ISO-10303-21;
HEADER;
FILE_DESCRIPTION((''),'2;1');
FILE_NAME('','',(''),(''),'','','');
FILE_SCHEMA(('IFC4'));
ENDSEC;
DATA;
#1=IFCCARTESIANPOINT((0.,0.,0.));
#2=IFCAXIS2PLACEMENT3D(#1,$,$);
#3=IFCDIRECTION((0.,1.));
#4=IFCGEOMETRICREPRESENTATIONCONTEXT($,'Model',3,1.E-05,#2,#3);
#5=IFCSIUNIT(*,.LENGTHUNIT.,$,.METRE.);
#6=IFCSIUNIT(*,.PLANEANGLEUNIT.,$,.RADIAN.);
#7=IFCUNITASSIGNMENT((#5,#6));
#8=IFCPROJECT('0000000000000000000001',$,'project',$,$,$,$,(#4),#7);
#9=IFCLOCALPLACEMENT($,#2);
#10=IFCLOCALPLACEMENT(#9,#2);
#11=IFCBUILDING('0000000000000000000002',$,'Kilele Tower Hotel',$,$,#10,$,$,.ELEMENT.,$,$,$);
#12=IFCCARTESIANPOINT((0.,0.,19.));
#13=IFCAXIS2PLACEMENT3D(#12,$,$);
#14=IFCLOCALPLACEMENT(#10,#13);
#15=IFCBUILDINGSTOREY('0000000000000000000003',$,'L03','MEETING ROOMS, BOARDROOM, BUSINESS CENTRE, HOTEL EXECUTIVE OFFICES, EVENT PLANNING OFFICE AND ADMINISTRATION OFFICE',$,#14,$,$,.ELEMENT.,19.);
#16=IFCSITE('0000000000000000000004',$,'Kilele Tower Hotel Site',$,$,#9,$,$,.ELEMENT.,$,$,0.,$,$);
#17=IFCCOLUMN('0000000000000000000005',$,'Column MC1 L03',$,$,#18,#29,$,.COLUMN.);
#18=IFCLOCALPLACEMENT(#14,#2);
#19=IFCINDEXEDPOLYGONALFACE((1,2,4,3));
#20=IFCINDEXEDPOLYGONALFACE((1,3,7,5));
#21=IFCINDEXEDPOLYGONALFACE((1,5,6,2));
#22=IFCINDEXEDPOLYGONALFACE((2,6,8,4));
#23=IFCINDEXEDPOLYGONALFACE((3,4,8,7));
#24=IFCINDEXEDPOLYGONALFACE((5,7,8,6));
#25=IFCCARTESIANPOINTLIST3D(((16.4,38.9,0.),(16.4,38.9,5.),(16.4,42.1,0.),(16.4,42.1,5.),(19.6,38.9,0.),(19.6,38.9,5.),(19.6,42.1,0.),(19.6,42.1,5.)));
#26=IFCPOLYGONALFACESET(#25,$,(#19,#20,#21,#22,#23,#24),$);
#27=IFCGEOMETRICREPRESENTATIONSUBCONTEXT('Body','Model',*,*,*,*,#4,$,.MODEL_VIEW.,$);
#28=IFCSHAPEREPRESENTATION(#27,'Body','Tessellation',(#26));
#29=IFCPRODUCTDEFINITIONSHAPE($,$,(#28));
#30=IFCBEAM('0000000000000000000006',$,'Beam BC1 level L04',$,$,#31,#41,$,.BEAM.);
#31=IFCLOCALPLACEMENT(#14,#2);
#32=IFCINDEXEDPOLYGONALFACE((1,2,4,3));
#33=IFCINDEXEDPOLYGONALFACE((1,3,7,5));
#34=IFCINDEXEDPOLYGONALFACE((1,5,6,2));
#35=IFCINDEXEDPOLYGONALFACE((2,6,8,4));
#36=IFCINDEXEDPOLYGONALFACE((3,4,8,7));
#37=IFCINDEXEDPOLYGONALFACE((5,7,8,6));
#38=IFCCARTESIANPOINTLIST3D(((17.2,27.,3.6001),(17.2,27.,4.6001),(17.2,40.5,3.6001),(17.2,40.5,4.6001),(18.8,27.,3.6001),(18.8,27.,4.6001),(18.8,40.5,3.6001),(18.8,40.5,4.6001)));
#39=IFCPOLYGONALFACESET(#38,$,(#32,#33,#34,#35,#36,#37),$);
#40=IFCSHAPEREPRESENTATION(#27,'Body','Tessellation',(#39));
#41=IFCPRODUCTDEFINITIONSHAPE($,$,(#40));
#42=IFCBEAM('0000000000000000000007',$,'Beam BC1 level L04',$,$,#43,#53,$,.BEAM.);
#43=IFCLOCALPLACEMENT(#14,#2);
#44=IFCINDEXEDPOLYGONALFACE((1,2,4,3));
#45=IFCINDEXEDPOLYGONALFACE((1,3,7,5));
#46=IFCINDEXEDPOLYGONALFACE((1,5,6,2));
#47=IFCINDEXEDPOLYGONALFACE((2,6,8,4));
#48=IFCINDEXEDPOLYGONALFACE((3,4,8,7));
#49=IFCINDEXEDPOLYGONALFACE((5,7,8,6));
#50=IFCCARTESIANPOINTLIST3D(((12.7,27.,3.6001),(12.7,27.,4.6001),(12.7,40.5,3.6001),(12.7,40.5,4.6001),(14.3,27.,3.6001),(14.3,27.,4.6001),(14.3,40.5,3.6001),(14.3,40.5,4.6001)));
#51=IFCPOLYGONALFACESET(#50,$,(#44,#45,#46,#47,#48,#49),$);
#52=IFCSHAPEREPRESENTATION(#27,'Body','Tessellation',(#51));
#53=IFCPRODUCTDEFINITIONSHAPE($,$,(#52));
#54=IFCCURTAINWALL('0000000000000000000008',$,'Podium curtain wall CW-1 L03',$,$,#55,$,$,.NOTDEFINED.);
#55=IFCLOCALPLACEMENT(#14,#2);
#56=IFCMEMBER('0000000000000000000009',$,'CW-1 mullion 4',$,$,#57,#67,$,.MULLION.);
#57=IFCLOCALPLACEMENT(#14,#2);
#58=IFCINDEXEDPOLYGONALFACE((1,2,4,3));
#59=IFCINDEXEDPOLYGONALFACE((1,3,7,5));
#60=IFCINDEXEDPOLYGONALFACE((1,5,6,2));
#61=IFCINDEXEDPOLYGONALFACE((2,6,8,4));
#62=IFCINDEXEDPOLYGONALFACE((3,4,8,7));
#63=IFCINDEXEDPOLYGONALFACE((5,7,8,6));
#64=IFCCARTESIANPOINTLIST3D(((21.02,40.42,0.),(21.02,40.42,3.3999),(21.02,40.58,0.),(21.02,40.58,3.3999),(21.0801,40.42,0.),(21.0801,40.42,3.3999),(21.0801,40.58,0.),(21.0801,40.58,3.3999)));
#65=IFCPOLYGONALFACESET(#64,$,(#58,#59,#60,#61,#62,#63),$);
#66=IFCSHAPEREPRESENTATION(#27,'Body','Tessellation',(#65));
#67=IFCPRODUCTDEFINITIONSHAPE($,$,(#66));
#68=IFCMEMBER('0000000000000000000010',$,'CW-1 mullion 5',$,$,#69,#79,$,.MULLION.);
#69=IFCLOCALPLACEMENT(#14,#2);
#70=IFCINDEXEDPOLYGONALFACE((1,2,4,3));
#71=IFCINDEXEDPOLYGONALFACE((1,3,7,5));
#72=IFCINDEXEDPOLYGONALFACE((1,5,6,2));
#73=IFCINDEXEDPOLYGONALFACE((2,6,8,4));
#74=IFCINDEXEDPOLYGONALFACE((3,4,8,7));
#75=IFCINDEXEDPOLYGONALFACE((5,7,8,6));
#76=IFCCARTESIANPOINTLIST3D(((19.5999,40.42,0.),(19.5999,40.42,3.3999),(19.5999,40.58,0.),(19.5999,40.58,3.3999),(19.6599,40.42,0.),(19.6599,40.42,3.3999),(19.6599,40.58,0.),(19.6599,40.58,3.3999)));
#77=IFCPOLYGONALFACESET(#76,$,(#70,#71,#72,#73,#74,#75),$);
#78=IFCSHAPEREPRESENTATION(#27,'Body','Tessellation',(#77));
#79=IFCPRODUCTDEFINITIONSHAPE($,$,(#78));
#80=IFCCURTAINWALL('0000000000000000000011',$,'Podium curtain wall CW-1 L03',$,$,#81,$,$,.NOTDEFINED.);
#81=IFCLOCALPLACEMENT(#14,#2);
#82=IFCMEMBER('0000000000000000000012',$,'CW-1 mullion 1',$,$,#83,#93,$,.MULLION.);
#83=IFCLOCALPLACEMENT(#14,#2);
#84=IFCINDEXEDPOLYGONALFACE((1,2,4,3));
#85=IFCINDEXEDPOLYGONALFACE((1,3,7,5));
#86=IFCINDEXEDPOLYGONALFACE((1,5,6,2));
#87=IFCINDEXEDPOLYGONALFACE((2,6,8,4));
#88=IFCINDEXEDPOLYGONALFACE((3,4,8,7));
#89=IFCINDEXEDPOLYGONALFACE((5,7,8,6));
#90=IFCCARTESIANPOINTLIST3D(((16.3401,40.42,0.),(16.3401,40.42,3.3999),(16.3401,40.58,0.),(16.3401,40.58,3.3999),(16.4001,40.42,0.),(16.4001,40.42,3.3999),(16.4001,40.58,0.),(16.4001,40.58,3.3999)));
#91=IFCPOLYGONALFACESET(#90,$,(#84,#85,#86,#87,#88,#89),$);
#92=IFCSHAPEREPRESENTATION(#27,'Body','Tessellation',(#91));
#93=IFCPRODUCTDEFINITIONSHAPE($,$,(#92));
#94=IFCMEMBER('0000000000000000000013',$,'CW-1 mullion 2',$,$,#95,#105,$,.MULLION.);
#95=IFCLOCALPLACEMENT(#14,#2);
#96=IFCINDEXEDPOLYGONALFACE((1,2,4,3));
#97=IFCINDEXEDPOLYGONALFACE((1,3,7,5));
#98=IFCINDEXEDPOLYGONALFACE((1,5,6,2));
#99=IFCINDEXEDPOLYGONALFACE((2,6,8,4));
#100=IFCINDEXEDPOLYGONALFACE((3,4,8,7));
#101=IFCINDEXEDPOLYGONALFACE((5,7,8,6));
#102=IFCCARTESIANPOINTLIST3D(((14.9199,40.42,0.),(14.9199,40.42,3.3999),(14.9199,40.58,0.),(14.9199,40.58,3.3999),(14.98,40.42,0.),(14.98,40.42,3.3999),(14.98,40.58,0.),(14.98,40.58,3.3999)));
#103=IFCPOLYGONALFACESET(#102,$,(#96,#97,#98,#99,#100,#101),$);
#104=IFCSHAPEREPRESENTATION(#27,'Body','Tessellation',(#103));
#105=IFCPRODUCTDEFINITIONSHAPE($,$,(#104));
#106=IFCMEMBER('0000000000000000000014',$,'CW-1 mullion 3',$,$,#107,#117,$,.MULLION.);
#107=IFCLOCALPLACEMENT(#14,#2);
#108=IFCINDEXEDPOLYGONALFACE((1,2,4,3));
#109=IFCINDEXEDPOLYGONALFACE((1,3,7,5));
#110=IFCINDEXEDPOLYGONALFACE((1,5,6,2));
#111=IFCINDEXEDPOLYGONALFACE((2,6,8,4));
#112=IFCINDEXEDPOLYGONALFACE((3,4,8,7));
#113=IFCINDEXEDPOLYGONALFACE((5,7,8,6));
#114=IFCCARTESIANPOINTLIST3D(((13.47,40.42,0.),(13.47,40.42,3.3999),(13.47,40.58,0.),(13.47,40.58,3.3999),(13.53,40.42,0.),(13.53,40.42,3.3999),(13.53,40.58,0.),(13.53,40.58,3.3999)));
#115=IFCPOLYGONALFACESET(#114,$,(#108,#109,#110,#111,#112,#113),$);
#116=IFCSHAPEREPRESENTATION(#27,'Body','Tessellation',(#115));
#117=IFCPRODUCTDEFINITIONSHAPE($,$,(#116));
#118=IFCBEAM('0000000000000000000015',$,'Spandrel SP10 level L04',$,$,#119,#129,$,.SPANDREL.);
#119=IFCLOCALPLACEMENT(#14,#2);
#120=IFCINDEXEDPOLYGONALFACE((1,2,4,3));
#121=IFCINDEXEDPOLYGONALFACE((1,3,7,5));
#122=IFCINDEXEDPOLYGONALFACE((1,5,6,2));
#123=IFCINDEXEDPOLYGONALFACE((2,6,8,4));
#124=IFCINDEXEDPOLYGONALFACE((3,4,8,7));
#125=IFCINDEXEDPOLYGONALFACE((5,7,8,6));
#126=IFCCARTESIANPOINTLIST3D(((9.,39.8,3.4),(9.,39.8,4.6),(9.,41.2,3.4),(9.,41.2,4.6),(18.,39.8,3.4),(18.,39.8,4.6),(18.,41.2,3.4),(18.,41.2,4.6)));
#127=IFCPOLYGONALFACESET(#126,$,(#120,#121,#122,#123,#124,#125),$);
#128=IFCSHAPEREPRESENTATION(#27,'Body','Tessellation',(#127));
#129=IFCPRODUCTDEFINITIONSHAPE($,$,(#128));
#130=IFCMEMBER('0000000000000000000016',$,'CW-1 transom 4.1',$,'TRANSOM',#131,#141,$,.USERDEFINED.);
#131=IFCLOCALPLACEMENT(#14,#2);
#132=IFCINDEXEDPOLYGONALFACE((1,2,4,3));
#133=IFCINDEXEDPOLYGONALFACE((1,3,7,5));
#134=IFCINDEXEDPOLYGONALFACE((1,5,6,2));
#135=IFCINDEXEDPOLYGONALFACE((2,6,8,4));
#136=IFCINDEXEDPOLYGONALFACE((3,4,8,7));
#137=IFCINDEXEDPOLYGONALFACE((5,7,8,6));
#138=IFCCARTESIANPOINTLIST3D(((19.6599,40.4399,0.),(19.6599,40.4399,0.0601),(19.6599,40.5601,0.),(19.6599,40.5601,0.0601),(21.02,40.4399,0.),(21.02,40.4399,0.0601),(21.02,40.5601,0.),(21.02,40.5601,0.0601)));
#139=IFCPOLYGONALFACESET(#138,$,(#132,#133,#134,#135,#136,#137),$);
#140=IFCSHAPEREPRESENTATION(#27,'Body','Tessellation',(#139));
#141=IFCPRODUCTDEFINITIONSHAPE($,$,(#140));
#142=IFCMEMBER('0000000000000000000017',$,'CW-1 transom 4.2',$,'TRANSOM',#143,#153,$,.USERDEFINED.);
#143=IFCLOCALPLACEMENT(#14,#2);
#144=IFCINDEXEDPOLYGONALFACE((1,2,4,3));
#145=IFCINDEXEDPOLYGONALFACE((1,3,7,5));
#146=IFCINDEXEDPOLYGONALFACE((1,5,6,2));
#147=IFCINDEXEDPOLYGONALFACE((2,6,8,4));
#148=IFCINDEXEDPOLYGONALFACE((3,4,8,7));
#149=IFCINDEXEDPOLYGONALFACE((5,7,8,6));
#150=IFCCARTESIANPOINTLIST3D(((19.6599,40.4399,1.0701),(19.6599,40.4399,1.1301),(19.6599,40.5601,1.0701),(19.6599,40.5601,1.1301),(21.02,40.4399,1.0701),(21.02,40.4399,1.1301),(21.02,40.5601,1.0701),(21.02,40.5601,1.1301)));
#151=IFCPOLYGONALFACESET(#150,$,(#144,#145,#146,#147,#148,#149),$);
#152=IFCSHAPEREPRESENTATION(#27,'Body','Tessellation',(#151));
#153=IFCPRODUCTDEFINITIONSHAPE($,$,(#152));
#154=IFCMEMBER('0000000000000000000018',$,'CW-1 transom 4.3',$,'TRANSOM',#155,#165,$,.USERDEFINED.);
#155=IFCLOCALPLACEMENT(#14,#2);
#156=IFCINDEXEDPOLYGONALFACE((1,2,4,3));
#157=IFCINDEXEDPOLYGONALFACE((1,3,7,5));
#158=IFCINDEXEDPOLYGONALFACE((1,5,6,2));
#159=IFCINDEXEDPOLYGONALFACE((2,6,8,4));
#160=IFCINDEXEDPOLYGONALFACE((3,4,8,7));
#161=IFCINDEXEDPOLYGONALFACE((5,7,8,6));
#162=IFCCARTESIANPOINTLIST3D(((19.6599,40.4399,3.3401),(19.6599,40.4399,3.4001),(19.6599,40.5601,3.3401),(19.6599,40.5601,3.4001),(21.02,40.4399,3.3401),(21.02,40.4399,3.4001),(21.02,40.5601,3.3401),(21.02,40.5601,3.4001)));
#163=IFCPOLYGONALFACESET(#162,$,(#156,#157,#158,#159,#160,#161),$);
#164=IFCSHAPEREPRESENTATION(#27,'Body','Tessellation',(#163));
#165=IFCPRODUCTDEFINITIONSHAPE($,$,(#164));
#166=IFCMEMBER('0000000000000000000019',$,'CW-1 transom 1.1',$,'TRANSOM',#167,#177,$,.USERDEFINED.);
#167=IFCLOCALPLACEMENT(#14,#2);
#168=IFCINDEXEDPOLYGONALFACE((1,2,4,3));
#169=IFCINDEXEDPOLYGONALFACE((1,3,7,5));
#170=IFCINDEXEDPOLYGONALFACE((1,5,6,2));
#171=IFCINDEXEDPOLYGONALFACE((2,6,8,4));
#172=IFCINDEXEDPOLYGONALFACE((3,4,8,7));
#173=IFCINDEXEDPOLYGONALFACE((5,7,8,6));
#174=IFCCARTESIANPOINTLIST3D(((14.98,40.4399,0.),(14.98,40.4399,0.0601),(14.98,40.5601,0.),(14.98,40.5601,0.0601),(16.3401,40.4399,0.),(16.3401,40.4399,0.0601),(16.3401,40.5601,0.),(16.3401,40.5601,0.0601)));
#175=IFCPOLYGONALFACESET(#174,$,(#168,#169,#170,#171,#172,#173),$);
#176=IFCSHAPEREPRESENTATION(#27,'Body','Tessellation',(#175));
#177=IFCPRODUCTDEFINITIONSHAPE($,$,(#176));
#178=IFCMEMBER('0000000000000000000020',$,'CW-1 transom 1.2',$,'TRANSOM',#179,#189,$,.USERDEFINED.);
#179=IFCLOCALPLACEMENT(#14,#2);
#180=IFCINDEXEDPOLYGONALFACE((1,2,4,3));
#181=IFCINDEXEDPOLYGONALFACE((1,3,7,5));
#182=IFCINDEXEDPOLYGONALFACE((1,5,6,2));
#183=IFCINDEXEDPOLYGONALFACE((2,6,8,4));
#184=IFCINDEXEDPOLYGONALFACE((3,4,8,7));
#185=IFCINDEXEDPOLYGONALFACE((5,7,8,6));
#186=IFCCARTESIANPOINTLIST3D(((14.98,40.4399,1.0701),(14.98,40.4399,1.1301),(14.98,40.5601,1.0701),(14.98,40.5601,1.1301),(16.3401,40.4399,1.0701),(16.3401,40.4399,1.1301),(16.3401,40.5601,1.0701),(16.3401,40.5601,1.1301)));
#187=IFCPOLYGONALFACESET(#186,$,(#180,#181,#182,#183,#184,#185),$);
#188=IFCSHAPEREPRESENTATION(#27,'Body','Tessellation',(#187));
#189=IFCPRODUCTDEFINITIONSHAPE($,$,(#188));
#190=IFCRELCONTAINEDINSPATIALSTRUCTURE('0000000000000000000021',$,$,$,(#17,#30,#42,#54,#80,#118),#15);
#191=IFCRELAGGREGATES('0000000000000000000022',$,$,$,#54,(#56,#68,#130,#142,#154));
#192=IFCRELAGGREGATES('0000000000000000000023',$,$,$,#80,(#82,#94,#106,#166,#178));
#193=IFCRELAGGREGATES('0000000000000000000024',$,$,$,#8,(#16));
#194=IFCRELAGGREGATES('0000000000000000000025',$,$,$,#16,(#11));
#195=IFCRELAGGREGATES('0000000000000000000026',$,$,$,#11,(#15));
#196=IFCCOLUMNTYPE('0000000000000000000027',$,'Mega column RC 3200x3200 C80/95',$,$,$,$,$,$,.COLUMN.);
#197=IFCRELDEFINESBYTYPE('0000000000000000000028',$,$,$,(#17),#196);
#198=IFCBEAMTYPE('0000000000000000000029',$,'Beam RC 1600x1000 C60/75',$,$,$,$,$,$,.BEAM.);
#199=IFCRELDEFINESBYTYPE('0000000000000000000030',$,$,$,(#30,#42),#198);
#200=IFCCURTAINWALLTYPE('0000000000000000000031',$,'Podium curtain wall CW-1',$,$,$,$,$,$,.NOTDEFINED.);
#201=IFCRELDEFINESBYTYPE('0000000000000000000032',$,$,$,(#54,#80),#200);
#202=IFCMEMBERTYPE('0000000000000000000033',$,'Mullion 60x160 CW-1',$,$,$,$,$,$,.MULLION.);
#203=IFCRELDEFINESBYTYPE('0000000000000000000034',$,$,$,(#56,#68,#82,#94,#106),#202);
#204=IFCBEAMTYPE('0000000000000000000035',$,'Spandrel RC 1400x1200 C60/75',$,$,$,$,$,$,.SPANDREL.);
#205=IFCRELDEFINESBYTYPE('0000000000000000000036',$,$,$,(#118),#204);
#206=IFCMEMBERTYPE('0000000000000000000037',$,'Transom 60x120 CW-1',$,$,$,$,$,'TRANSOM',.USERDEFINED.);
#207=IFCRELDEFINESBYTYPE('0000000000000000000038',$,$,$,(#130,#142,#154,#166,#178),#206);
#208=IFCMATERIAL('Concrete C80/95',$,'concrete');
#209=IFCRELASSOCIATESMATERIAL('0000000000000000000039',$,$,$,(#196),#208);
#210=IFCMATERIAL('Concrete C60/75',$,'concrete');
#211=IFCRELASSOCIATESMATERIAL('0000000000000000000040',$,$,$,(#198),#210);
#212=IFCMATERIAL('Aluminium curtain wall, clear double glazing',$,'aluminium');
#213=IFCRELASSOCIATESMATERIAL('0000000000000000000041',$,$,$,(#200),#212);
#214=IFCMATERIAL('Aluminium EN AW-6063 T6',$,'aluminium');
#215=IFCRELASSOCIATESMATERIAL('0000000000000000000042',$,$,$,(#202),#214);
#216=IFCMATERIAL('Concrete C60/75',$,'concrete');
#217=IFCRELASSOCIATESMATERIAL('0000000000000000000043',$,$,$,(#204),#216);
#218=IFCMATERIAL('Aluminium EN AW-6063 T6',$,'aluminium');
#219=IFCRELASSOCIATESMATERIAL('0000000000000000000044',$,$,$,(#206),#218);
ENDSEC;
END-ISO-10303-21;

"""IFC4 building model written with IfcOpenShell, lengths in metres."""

from ifc_helpers import new_model, si_unit, direction, frame, origin, origin_2d, place, context, subcontext, project, spatial, rectangle, extrude, material, material_profile, profile_set, type_object, element, aggregate, save


model = new_model("IFC4")

# Units and contexts
model_context = context("Model", 3, precision=1e-05, world=origin(), true_north=direction((0.0, 1.0)))
body_context = subcontext(model_context, "Body", "Model", "MODEL_VIEW")
ifc_project = project(units=[si_unit("LENGTHUNIT", "METRE"), si_unit("PLANEANGLEUNIT", "RADIAN")], contexts=[model_context])

# Site, building, storey
site_placement = place(None, origin())
site = spatial("IfcSite", under=ifc_project, at=site_placement, Name="Kilele Tower Hotel Site", CompositionType="ELEMENT", RefElevation=0.0)
building_placement = place(site_placement, origin())
building = spatial("IfcBuilding", under=site, at=building_placement, Name="Kilele Tower Hotel", CompositionType="ELEMENT")
storey_placement = place(building_placement, frame((0.0, 0.0, 19.0)))
storey = spatial("IfcBuildingStorey", under=building, at=storey_placement, Name="L03", Description="MEETING ROOMS, BOARDROOM, BUSINESS CENTRE, HOTEL EXECUTIVE OFFICES, EVENT PLANNING OFFICE AND ADMINISTRATION OFFICE", CompositionType="ELEMENT", Elevation=19.0)

# Column
ifc_material_1 = material(Name="Concrete C80/95", Category="concrete")
ifc_material_profile_1 = material_profile(ifc_material_1, rectangle(XDim=3.2, YDim=3.2, at=origin_2d()))
ifc_profile_set_1 = profile_set([ifc_material_profile_1], Name="Concrete C80/95")
column_type = type_object("IfcColumnType", Name="Mega column RC 3200x3200 C80/95", PredefinedType="COLUMN", material=ifc_profile_set_1)
column_placement = place(storey_placement, frame((18.0, 40.5, 0.0), z_axis=(0.0, 0.0, 1.0), x_axis=(1.0, 0.0, 0.0)))
element("IfcColumn", 1, at=column_placement, inside=storey, type_object=column_type, Name="Column MC1 L03", PredefinedType="COLUMN", context=body_context, shape_type="SweptSolid", body=[
    extrude(rectangle(XDim=3.2, YDim=3.2, at=origin_2d()), origin(), (0.0, 0.0, 1.0), 5.0),
])

# Beams
ifc_material_2 = material(Name="Concrete C60/75", Category="concrete")
ifc_material_profile_2 = material_profile(ifc_material_2, rectangle(XDim=1.6001, YDim=1.0, at=origin_2d()))
ifc_profile_set_2 = profile_set([ifc_material_profile_2], Name="Concrete C60/75")
beam_type_1 = type_object("IfcBeamType", Name="Beam RC 1600x1000 C60/75", PredefinedType="BEAM", material=ifc_profile_set_2)
for number, where, z_axis, x_axis, name in (
    (2, (18.0, 40.5, 4.1001), (0.0, -1.0, 0.0), (1.0, 0.0, 0.0), "Beam BC1 level L04"),
    (3, (13.5, 40.5, 4.1001), (0.0, -1.0, 0.0), (1.0, 0.0, 0.0), "Beam BC1 level L04"),
):
    element("IfcBeam", number, at=place(storey_placement, frame(where, z_axis=z_axis, x_axis=x_axis)), inside=storey, type_object=beam_type_1, Name=name, PredefinedType="BEAM", context=body_context, shape_type="SweptSolid", body=[
        extrude(rectangle(XDim=1.6001, YDim=1.0, at=origin_2d()), origin(), (0.0, 0.0, 1.0), 13.5),
    ])

# Curtain walls, members
ifc_material_3 = material(Name="Aluminium curtain wall, clear double glazing", Category="aluminium")
curtain_wall_type = type_object("IfcCurtainWallType", Name="Podium curtain wall CW-1", PredefinedType="NOTDEFINED", material=ifc_material_3)
curtain_wall_1_placement = place(storey_placement, origin())
curtain_wall_1 = element("IfcCurtainWall", 4, at=curtain_wall_1_placement, inside=storey, type_object=curtain_wall_type, Name="Podium curtain wall CW-1 L03", PredefinedType="NOTDEFINED")
ifc_material_4 = material(Name="Aluminium EN AW-6063 T6", Category="aluminium")
ifc_material_profile_3 = material_profile(ifc_material_4, rectangle(XDim=0.1599, YDim=0.0601, at=origin_2d()))
ifc_profile_set_3 = profile_set([ifc_material_profile_3], Name="Aluminium EN AW-6063 T6")
member_type_1 = type_object("IfcMemberType", Name="Mullion 60x160 CW-1", PredefinedType="MULLION", material=ifc_profile_set_3)
member_1_placement = place(storey_placement, frame((21.05, 40.5, 0.0), z_axis=(0.0, 0.0, 1.0), x_axis=(0.0, -1.0, 0.0)))
member_1 = element("IfcMember", 5, at=member_1_placement, type_object=member_type_1, Name="CW-1 mullion 4", PredefinedType="MULLION", context=body_context, shape_type="SweptSolid", body=[
    extrude(rectangle(XDim=0.1599, YDim=0.0601, at=origin_2d()), origin(), (0.0, 0.0, 1.0), 3.3999),
])
member_2_placement = place(storey_placement, frame((19.6299, 40.5, 0.0), z_axis=(0.0, 0.0, 1.0), x_axis=(0.0, -1.0, 0.0)))
member_2 = element("IfcMember", 6, at=member_2_placement, type_object=member_type_1, Name="CW-1 mullion 5", PredefinedType="MULLION", context=body_context, shape_type="SweptSolid", body=[
    extrude(rectangle(XDim=0.1599, YDim=0.0601, at=origin_2d()), origin(), (0.0, 0.0, 1.0), 3.3999),
])
curtain_wall_2_placement = place(storey_placement, origin())
curtain_wall_2 = element("IfcCurtainWall", 7, at=curtain_wall_2_placement, inside=storey, type_object=curtain_wall_type, Name="Podium curtain wall CW-1 L03", PredefinedType="NOTDEFINED")
member_3_placement = place(storey_placement, frame((16.3701, 40.5, 0.0), z_axis=(0.0, 0.0, 1.0), x_axis=(0.0, -1.0, 0.0)))
member_3 = element("IfcMember", 8, at=member_3_placement, type_object=member_type_1, Name="CW-1 mullion 1", PredefinedType="MULLION", context=body_context, shape_type="SweptSolid", body=[
    extrude(rectangle(XDim=0.1599, YDim=0.0601, at=origin_2d()), origin(), (0.0, 0.0, 1.0), 3.3999),
])
member_4_placement = place(storey_placement, frame((14.95, 40.5, 0.0), z_axis=(0.0, 0.0, 1.0), x_axis=(0.0, -1.0, 0.0)))
member_4 = element("IfcMember", 9, at=member_4_placement, type_object=member_type_1, Name="CW-1 mullion 2", PredefinedType="MULLION", context=body_context, shape_type="SweptSolid", body=[
    extrude(rectangle(XDim=0.1599, YDim=0.0601, at=origin_2d()), origin(), (0.0, 0.0, 1.0), 3.3999),
])
member_5_placement = place(storey_placement, frame((13.5, 40.5, 0.0), z_axis=(0.0, 0.0, 1.0), x_axis=(0.0, -1.0, 0.0)))
member_5 = element("IfcMember", 10, at=member_5_placement, type_object=member_type_1, Name="CW-1 mullion 3", PredefinedType="MULLION", context=body_context, shape_type="SweptSolid", body=[
    extrude(rectangle(XDim=0.1599, YDim=0.0601, at=origin_2d()), origin(), (0.0, 0.0, 1.0), 3.3999),
])

# Beam
ifc_material_5 = material(Name="Concrete C60/75", Category="concrete")
ifc_material_profile_4 = material_profile(ifc_material_5, rectangle(XDim=1.3999, YDim=1.2, at=origin_2d()))
ifc_profile_set_4 = profile_set([ifc_material_profile_4], Name="Concrete C60/75")
beam_type_2 = type_object("IfcBeamType", Name="Spandrel RC 1400x1200 C60/75", PredefinedType="SPANDREL", material=ifc_profile_set_4)
beam_placement = place(storey_placement, frame((18.0, 40.5, 4.0), z_axis=(-1.0, 0.0, 0.0), x_axis=(0.0, -1.0, 0.0)))
element("IfcBeam", 11, at=beam_placement, inside=storey, type_object=beam_type_2, Name="Spandrel SP10 level L04", PredefinedType="SPANDREL", context=body_context, shape_type="SweptSolid", body=[
    extrude(rectangle(XDim=1.3999, YDim=1.2, at=origin_2d()), origin(), (0.0, 0.0, 1.0), 9.0),
])

# Members
ifc_material_6 = material(Name="Aluminium EN AW-6063 T6", Category="aluminium")
ifc_material_profile_5 = material_profile(ifc_material_6, rectangle(XDim=0.1201, YDim=0.0601, at=origin_2d()))
ifc_profile_set_5 = profile_set([ifc_material_profile_5], Name="Aluminium EN AW-6063 T6")
member_type_2 = type_object("IfcMemberType", Name="Transom 60x120 CW-1", ElementType="TRANSOM", PredefinedType="USERDEFINED", material=ifc_profile_set_5)
member_6_placement = place(storey_placement, frame((21.02, 40.5, 0.03), z_axis=(-1.0, 0.0, 0.0), x_axis=(0.0, -1.0, 0.0)))
member_6 = element("IfcMember", 12, at=member_6_placement, type_object=member_type_2, Name="CW-1 transom 4.1", ObjectType="TRANSOM", PredefinedType="USERDEFINED", context=body_context, shape_type="SweptSolid", body=[
    extrude(rectangle(XDim=0.1201, YDim=0.0601, at=origin_2d()), origin(), (0.0, 0.0, 1.0), 1.3601),
])
member_7_placement = place(storey_placement, frame((21.02, 40.5, 1.1001), z_axis=(-1.0, 0.0, 0.0), x_axis=(0.0, -1.0, 0.0)))
member_7 = element("IfcMember", 13, at=member_7_placement, type_object=member_type_2, Name="CW-1 transom 4.2", ObjectType="TRANSOM", PredefinedType="USERDEFINED", context=body_context, shape_type="SweptSolid", body=[
    extrude(rectangle(XDim=0.1201, YDim=0.0601, at=origin_2d()), origin(), (0.0, 0.0, 1.0), 1.3601),
])
member_8_placement = place(storey_placement, frame((21.02, 40.5, 3.3701), z_axis=(-1.0, 0.0, 0.0), x_axis=(0.0, -1.0, 0.0)))
member_8 = element("IfcMember", 14, at=member_8_placement, type_object=member_type_2, Name="CW-1 transom 4.3", ObjectType="TRANSOM", PredefinedType="USERDEFINED", context=body_context, shape_type="SweptSolid", body=[
    extrude(rectangle(XDim=0.1201, YDim=0.0601, at=origin_2d()), origin(), (0.0, 0.0, 1.0), 1.3601),
])
member_9_placement = place(storey_placement, frame((16.3401, 40.5, 0.03), z_axis=(-1.0, 0.0, 0.0), x_axis=(0.0, -1.0, 0.0)))
member_9 = element("IfcMember", 15, at=member_9_placement, type_object=member_type_2, Name="CW-1 transom 1.1", ObjectType="TRANSOM", PredefinedType="USERDEFINED", context=body_context, shape_type="SweptSolid", body=[
    extrude(rectangle(XDim=0.1201, YDim=0.0601, at=origin_2d()), origin(), (0.0, 0.0, 1.0), 1.3601),
])
member_10_placement = place(storey_placement, frame((16.3401, 40.5, 1.1001), z_axis=(-1.0, 0.0, 0.0), x_axis=(0.0, -1.0, 0.0)))
member_10 = element("IfcMember", 16, at=member_10_placement, type_object=member_type_2, Name="CW-1 transom 1.2", ObjectType="TRANSOM", PredefinedType="USERDEFINED", context=body_context, shape_type="SweptSolid", body=[
    extrude(rectangle(XDim=0.1201, YDim=0.0601, at=origin_2d()), origin(), (0.0, 0.0, 1.0), 1.3601),
])

aggregate(curtain_wall_1, [member_1, member_2, member_6, member_7, member_8])
aggregate(curtain_wall_2, [member_3, member_4, member_5, member_9, member_10])

save(model, "model.ifc")
